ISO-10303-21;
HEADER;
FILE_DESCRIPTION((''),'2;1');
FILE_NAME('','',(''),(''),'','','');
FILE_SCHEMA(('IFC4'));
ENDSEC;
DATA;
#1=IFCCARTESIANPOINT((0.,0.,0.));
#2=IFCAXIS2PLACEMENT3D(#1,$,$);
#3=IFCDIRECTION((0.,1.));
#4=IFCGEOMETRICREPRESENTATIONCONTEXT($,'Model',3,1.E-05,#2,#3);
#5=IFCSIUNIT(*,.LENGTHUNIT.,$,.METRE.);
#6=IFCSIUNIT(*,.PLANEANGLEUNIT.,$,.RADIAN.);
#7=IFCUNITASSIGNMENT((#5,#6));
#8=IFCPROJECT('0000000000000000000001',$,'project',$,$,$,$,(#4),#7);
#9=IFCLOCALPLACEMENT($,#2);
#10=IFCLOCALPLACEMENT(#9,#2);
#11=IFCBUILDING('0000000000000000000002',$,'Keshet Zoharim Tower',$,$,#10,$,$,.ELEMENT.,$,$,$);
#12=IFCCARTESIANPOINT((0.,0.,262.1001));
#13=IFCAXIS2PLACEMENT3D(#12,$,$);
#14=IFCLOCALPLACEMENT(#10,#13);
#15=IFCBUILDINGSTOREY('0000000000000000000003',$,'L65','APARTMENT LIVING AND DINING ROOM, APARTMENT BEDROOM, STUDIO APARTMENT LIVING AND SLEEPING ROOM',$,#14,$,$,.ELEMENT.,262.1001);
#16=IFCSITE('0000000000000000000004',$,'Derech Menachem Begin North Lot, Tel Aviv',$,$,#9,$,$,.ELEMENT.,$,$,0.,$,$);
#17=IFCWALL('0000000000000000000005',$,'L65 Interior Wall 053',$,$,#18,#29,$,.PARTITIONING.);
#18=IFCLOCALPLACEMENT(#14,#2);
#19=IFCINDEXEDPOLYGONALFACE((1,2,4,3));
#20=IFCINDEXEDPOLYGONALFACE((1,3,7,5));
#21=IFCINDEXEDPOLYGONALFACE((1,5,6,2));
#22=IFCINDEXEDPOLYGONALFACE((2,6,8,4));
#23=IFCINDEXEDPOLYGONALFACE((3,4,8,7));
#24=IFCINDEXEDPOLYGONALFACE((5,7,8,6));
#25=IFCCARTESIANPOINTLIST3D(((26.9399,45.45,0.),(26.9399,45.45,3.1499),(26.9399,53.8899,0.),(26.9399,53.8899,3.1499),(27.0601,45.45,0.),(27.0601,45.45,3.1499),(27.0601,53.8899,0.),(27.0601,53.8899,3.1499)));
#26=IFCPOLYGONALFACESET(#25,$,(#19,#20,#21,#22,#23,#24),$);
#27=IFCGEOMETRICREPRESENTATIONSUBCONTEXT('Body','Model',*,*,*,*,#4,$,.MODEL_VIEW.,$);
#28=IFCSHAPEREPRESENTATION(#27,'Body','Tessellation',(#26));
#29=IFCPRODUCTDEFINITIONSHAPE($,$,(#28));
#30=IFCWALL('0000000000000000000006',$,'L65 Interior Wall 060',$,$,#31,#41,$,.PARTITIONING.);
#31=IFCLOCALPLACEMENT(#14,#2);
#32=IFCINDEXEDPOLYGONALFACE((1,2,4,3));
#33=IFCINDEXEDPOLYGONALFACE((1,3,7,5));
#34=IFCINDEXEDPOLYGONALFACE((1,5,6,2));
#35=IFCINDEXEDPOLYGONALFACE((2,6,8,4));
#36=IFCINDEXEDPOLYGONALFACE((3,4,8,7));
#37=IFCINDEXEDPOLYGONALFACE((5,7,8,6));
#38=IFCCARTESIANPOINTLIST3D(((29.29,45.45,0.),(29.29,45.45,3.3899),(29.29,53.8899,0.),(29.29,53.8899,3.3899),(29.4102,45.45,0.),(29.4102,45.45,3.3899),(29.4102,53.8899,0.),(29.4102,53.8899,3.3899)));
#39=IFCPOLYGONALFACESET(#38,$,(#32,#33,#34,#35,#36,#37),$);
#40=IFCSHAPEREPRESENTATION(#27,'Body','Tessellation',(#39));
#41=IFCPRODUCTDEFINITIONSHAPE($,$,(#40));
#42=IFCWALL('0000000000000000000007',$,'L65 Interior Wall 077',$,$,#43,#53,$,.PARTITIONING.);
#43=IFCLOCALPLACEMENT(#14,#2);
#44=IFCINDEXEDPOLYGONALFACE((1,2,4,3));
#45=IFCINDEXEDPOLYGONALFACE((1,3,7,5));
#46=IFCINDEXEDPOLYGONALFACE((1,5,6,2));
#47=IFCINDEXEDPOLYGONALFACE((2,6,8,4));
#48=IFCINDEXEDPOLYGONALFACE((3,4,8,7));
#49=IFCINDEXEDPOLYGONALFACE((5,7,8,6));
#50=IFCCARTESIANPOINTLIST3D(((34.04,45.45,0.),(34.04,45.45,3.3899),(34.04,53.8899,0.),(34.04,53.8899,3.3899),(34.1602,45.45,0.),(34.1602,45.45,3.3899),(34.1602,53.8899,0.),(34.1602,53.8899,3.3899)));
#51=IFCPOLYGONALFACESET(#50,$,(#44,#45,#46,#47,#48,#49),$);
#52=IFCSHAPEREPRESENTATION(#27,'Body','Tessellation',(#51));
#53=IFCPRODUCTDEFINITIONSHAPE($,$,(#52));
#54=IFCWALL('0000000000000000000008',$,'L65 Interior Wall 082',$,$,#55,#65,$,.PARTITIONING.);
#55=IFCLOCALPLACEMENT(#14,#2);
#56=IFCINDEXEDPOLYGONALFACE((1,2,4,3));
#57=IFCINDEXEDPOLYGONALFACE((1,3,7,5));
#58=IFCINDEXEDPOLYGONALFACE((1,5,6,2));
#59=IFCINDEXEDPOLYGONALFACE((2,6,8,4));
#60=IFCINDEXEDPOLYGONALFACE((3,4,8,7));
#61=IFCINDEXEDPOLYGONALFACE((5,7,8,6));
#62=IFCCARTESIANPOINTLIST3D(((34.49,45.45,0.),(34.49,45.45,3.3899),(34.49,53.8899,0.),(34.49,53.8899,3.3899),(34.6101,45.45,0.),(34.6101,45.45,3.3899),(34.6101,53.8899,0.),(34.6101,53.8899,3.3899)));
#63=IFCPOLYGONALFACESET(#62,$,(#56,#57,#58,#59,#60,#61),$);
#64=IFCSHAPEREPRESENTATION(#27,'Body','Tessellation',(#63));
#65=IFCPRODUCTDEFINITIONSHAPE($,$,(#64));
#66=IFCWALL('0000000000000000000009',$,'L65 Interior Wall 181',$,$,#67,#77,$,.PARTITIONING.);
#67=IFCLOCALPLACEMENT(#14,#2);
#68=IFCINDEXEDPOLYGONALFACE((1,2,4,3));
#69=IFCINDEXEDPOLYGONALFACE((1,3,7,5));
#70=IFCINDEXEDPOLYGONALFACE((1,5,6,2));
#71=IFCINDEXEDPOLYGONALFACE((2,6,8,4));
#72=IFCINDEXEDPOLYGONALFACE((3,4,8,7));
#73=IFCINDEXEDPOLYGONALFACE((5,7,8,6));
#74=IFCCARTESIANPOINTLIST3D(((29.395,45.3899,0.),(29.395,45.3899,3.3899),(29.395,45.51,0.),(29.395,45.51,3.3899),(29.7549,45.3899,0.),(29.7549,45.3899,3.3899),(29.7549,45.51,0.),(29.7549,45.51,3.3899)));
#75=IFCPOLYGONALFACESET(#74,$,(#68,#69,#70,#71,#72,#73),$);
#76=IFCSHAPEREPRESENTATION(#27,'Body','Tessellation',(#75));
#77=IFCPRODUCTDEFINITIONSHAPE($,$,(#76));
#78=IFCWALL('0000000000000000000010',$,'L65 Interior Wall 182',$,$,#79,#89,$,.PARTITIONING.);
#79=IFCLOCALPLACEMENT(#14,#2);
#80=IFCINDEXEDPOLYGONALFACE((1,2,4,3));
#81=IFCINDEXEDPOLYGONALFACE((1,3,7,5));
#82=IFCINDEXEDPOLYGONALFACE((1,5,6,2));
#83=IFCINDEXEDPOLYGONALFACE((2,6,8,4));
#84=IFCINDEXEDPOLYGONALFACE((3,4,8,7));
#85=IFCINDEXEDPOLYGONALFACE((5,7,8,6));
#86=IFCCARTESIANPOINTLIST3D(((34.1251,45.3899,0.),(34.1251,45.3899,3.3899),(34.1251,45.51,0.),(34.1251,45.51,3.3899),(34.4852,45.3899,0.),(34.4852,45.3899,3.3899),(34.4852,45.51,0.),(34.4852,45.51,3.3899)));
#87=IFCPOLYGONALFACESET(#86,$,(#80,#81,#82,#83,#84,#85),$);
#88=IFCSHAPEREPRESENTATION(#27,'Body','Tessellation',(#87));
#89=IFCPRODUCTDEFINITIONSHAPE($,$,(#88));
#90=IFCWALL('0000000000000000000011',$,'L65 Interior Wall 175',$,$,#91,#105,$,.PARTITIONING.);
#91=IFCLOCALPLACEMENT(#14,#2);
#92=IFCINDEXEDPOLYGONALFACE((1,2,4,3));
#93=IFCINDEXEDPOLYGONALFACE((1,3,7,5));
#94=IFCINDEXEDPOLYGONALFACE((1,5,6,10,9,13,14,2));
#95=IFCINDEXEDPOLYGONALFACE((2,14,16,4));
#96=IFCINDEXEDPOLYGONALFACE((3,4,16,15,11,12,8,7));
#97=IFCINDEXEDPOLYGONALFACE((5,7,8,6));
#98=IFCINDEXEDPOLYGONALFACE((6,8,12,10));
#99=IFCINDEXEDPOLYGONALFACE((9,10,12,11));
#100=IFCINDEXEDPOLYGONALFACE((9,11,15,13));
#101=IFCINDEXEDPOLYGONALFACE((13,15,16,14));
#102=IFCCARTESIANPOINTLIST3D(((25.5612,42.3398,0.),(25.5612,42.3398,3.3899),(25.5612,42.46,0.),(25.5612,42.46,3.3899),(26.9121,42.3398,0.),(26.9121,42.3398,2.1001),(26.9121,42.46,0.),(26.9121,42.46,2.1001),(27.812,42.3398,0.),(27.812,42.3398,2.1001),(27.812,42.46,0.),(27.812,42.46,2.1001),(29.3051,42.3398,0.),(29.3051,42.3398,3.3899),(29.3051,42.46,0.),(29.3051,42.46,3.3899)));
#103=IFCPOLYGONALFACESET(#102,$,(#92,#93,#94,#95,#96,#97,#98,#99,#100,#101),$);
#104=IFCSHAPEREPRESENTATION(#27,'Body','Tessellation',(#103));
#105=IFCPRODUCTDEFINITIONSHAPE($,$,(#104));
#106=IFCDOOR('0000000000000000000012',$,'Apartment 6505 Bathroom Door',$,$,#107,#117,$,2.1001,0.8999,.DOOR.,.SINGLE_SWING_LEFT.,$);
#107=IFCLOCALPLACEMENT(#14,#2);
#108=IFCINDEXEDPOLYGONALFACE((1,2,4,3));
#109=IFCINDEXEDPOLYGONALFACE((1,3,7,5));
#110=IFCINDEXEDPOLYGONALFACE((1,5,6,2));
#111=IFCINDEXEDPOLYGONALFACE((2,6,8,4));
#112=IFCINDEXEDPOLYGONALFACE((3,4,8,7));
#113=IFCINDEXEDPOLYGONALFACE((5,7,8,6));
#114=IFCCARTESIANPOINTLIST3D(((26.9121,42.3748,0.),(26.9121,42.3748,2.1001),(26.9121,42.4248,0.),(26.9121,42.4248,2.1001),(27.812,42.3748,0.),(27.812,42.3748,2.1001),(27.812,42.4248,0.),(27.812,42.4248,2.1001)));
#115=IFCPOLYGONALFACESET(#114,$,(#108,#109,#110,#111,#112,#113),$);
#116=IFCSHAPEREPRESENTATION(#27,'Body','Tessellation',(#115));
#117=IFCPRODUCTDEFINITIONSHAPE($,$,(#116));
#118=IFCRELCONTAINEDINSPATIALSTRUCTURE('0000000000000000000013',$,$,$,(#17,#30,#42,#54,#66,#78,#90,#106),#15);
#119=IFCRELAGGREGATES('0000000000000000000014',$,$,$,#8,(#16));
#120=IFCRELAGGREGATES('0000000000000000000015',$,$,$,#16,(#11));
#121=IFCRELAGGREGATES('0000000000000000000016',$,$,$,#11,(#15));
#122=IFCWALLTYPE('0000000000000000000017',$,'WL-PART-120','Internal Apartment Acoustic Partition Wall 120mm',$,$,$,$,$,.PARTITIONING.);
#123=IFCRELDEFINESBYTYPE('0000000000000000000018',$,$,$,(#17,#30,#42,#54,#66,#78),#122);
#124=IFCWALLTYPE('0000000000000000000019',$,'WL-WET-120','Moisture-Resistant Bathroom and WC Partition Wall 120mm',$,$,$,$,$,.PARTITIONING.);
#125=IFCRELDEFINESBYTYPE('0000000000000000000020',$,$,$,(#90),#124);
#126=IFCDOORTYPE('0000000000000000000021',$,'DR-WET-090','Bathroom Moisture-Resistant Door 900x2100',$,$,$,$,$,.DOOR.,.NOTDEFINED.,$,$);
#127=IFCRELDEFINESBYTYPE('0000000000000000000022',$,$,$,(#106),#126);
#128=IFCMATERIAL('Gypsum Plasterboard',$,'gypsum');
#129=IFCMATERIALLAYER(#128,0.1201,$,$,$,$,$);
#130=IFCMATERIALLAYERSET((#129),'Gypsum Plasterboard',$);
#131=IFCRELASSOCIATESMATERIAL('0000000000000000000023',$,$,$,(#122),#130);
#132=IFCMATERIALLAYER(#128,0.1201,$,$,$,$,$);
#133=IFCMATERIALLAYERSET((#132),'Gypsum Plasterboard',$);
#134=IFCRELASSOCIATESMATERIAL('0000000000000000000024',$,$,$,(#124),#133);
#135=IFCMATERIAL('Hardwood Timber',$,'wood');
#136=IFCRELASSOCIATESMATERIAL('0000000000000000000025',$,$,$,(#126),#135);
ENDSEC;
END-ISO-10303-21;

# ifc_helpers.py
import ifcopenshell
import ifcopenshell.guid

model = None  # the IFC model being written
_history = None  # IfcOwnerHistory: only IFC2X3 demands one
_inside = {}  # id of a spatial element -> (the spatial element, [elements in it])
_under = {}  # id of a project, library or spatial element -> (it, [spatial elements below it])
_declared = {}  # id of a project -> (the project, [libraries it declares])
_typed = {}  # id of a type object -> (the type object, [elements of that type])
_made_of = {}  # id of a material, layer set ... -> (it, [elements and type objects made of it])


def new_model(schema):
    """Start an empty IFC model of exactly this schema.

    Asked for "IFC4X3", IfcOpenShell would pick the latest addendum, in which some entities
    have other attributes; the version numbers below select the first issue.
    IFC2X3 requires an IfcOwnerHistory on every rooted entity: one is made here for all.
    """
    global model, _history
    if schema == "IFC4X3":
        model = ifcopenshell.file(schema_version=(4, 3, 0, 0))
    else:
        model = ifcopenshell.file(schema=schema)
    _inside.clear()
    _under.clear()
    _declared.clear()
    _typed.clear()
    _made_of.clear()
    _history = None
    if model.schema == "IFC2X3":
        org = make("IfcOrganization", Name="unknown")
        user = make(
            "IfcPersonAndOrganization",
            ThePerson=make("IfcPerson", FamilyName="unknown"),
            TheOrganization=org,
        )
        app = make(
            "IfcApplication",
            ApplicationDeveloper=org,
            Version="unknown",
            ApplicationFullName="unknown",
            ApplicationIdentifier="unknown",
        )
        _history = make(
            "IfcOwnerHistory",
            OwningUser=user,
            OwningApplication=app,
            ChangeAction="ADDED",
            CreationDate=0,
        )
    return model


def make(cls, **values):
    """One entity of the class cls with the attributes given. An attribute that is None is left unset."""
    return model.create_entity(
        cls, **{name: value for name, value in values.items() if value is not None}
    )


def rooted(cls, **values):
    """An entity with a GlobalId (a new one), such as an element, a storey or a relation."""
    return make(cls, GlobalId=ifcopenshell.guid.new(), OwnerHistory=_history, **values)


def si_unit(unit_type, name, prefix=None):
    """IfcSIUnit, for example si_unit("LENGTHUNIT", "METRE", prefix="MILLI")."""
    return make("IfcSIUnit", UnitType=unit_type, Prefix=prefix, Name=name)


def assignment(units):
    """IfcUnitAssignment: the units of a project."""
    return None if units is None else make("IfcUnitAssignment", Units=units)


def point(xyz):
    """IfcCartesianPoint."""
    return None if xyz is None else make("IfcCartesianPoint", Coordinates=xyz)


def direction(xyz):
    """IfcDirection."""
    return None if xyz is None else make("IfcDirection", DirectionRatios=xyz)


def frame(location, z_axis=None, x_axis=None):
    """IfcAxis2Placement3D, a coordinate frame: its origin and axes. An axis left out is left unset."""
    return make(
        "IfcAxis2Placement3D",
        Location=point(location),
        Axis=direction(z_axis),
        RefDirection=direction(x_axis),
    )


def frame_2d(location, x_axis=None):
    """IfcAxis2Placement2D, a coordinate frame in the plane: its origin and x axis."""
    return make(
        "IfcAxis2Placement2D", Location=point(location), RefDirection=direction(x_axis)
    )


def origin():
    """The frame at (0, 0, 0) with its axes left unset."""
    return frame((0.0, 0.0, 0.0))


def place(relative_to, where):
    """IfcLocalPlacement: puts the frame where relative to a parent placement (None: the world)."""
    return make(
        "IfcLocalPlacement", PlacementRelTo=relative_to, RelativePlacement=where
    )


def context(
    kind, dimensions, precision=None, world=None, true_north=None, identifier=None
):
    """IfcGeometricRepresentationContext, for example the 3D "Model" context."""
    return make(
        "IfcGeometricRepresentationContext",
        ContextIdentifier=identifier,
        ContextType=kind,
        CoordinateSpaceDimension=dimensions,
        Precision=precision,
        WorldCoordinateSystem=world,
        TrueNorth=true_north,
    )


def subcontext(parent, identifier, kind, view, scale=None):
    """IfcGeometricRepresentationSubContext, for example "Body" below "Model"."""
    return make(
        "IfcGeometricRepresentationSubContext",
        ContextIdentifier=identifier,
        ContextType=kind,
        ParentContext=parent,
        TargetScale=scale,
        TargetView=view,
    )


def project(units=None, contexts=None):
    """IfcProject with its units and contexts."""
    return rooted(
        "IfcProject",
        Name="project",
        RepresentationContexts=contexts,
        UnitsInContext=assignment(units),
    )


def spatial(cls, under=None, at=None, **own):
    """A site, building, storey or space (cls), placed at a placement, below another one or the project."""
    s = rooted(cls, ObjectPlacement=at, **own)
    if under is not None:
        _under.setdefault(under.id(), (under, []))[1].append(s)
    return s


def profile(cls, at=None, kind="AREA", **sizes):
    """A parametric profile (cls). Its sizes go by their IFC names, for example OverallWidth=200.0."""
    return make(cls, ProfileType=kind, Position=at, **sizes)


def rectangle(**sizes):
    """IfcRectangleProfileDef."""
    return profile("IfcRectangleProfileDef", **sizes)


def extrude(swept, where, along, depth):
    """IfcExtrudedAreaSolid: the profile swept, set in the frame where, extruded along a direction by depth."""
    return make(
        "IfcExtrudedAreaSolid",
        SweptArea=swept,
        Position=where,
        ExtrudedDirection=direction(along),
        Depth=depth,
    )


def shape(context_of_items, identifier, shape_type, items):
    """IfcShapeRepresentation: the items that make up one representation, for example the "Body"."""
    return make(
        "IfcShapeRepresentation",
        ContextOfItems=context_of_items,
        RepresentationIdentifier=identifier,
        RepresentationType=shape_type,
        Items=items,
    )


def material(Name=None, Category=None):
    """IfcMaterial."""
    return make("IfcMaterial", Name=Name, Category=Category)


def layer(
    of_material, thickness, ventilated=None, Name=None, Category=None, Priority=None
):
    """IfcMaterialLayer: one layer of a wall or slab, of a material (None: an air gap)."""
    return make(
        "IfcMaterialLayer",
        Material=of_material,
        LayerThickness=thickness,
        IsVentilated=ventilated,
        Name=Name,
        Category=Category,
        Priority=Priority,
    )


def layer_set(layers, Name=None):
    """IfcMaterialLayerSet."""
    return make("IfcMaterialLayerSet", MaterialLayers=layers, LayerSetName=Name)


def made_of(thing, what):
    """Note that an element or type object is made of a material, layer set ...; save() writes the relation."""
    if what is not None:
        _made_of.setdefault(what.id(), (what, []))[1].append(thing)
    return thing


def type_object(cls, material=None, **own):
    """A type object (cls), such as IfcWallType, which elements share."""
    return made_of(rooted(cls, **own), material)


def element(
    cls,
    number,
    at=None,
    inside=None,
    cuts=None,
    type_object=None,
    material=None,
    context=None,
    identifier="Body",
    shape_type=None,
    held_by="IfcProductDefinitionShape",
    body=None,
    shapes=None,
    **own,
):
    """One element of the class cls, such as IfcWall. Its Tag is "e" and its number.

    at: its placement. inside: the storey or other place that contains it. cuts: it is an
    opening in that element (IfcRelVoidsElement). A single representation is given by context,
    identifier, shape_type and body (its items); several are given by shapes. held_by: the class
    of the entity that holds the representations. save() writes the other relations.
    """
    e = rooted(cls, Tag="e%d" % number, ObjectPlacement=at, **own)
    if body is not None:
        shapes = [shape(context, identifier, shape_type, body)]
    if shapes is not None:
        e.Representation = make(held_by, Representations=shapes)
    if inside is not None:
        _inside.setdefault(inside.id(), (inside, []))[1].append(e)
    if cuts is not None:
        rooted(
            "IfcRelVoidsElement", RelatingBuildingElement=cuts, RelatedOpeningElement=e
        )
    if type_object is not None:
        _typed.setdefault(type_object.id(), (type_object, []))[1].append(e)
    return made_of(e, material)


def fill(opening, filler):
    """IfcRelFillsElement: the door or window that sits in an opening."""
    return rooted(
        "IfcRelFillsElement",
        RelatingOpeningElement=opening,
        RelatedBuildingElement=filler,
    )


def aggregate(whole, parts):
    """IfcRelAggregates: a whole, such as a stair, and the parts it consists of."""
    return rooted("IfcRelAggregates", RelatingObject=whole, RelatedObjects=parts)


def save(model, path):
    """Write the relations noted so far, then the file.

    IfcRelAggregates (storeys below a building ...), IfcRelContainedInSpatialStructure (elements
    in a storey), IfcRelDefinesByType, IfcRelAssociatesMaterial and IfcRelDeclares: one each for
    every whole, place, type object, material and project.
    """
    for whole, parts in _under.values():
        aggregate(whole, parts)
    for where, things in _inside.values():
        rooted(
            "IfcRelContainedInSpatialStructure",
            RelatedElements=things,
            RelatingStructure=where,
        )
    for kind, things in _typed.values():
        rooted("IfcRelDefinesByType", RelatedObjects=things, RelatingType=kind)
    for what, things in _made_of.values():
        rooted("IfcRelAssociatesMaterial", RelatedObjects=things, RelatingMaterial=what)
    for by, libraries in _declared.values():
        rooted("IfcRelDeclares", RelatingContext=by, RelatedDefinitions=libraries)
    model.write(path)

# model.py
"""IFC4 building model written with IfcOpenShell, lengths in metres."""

from ifc_helpers import new_model, si_unit, direction, frame, frame_2d, origin, place, context, subcontext, project, spatial, rectangle, extrude, material, layer, layer_set, type_object, element, fill, save


model = new_model("IFC4")

# Units and contexts
model_context = context("Model", 3, precision=1e-05, world=origin(), true_north=direction((0.0, 1.0)))
body_context = subcontext(model_context, "Body", "Model", "MODEL_VIEW")
ifc_project = project(units=[si_unit("LENGTHUNIT", "METRE"), si_unit("PLANEANGLEUNIT", "RADIAN")], contexts=[model_context])

# Site, building, storey
site_placement = place(None, origin())
site = spatial("IfcSite", under=ifc_project, at=site_placement, Name="Derech Menachem Begin North Lot, Tel Aviv", CompositionType="ELEMENT", RefElevation=0.0)
building_placement = place(site_placement, origin())
building = spatial("IfcBuilding", under=site, at=building_placement, Name="Keshet Zoharim Tower", CompositionType="ELEMENT")
storey_placement = place(building_placement, frame((0.0, 0.0, 262.1001)))
storey = spatial("IfcBuildingStorey", under=building, at=storey_placement, Name="L65", Description="APARTMENT LIVING AND DINING ROOM, APARTMENT BEDROOM, STUDIO APARTMENT LIVING AND SLEEPING ROOM", CompositionType="ELEMENT", Elevation=262.1001)

# Walls
ifc_material_1 = material(Name="Gypsum Plasterboard", Category="gypsum")
ifc_layer_1 = layer(ifc_material_1, 0.1201)
ifc_layer_set_1 = layer_set([ifc_layer_1], Name="Gypsum Plasterboard")
wall_type_1 = type_object("IfcWallType", Name="WL-PART-120", Description="Internal Apartment Acoustic Partition Wall 120mm", PredefinedType="PARTITIONING", material=ifc_layer_set_1)
wall_1_placement = place(storey_placement, frame((27.0, 45.45, 0.0), z_axis=(0.0, 0.0, 1.0), x_axis=(0.0, 1.0, 0.0)))
element("IfcWall", 1, at=wall_1_placement, inside=storey, type_object=wall_type_1, Name="L65 Interior Wall 053", PredefinedType="PARTITIONING", context=body_context, shape_type="SweptSolid", body=[
    extrude(rectangle(XDim=8.4399, YDim=0.1201, at=frame_2d((4.22, 0.0))), origin(), (0.0, 0.0, 1.0), 3.1499),
])
for number, where, z_axis, x_axis, name in (
    (2, (29.3501, 45.45, 0.0), (0.0, 0.0, 1.0), (0.0, 1.0, 0.0), "L65 Interior Wall 060"),
    (3, (34.1001, 45.45, 0.0), (0.0, 0.0, 1.0), (0.0, 1.0, 0.0), "L65 Interior Wall 077"),
    (4, (34.55, 45.45, 0.0), (0.0, 0.0, 1.0), (0.0, 1.0, 0.0), "L65 Interior Wall 082"),
):
    element("IfcWall", number, at=place(storey_placement, frame(where, z_axis=z_axis, x_axis=x_axis)), inside=storey, type_object=wall_type_1, Name=name, PredefinedType="PARTITIONING", context=body_context, shape_type="SweptSolid", body=[
        extrude(rectangle(XDim=8.4399, YDim=0.1201, at=frame_2d((4.22, 0.0))), origin(), (0.0, 0.0, 1.0), 3.3899),
    ])

# Shared definitions
ifc_material_2 = material(Name="Hardwood Timber", Category="wood")

# Walls
wall_2_placement = place(storey_placement, frame((29.395, 45.45, 0.0), z_axis=(0.0, 0.0, 1.0), x_axis=(1.0, 0.0, 0.0)))
element("IfcWall", 5, at=wall_2_placement, inside=storey, type_object=wall_type_1, Name="L65 Interior Wall 181", PredefinedType="PARTITIONING", context=body_context, shape_type="SweptSolid", body=[
    extrude(rectangle(XDim=0.3599, YDim=0.1201, at=frame_2d((0.1799, 0.0))), origin(), (0.0, 0.0, 1.0), 3.3899),
])
wall_3_placement = place(storey_placement, frame((34.125, 45.45, 0.0), z_axis=(0.0, 0.0, 1.0), x_axis=(1.0, 0.0, 0.0)))
element("IfcWall", 6, at=wall_3_placement, inside=storey, type_object=wall_type_1, Name="L65 Interior Wall 182", PredefinedType="PARTITIONING", context=body_context, shape_type="SweptSolid", body=[
    extrude(rectangle(XDim=0.3601, YDim=0.1201, at=frame_2d((0.1802, 0.0))), origin(), (0.0, 0.0, 1.0), 3.3899),
])

# Wall, opening, door
ifc_layer_2 = layer(ifc_material_1, 0.1201)
ifc_layer_set_2 = layer_set([ifc_layer_2], Name="Gypsum Plasterboard")
wall_type_2 = type_object("IfcWallType", Name="WL-WET-120", Description="Moisture-Resistant Bathroom and WC Partition Wall 120mm", PredefinedType="PARTITIONING", material=ifc_layer_set_2)
wall_4_placement = place(storey_placement, frame((25.561, 42.3999, 0.0), z_axis=(0.0, 0.0, 1.0), x_axis=(1.0, 0.0, 0.0)))
wall_4 = element("IfcWall", 7, at=wall_4_placement, inside=storey, type_object=wall_type_2, Name="L65 Interior Wall 175", PredefinedType="PARTITIONING", context=body_context, shape_type="SweptSolid", body=[
    extrude(rectangle(XDim=3.7439, YDim=0.1201, at=frame_2d((1.8721, 0.0))), origin(), (0.0, 0.0, 1.0), 3.3899),
])
opening_1_placement = place(wall_4_placement, frame((1.3511, 0.0, 0.0)))
opening_1 = element("IfcOpeningElement", 8, at=opening_1_placement, cuts=wall_4, PredefinedType="OPENING", context=body_context, shape_type="SweptSolid", body=[
    extrude(rectangle(XDim=0.8999, YDim=2.1001, at=frame_2d((0.45, 1.05))), frame((0.0, 0.0701, 0.0), z_axis=(0.0, -1.0, 0.0), x_axis=(1.0, 0.0, 0.0)), (0.0, 0.0, 1.0), 0.1401),
])
door_type_1 = type_object("IfcDoorType", Name="DR-WET-090", Description="Bathroom Moisture-Resistant Door 900x2100", OperationType="NOTDEFINED", PredefinedType="DOOR", material=ifc_material_2)
door_1_placement = place(opening_1_placement, origin())
door_1 = element("IfcDoor", 9, at=door_1_placement, inside=storey, type_object=door_type_1, Name="Apartment 6505 Bathroom Door", OperationType="SINGLE_SWING_LEFT", OverallHeight=2.1001, OverallWidth=0.8999, PredefinedType="DOOR", context=body_context, shape_type="SweptSolid", body=[
    extrude(rectangle(XDim=0.8999, YDim=2.1001, at=frame_2d((0.45, 1.05))), frame((0.0, 0.0249, 0.0), z_axis=(0.0, -1.0, 0.0), x_axis=(1.0, 0.0, 0.0)), (0.0, 0.0, 1.0), 0.05),
])
fill(opening_1, door_1)

save(model, "model.ifc")
